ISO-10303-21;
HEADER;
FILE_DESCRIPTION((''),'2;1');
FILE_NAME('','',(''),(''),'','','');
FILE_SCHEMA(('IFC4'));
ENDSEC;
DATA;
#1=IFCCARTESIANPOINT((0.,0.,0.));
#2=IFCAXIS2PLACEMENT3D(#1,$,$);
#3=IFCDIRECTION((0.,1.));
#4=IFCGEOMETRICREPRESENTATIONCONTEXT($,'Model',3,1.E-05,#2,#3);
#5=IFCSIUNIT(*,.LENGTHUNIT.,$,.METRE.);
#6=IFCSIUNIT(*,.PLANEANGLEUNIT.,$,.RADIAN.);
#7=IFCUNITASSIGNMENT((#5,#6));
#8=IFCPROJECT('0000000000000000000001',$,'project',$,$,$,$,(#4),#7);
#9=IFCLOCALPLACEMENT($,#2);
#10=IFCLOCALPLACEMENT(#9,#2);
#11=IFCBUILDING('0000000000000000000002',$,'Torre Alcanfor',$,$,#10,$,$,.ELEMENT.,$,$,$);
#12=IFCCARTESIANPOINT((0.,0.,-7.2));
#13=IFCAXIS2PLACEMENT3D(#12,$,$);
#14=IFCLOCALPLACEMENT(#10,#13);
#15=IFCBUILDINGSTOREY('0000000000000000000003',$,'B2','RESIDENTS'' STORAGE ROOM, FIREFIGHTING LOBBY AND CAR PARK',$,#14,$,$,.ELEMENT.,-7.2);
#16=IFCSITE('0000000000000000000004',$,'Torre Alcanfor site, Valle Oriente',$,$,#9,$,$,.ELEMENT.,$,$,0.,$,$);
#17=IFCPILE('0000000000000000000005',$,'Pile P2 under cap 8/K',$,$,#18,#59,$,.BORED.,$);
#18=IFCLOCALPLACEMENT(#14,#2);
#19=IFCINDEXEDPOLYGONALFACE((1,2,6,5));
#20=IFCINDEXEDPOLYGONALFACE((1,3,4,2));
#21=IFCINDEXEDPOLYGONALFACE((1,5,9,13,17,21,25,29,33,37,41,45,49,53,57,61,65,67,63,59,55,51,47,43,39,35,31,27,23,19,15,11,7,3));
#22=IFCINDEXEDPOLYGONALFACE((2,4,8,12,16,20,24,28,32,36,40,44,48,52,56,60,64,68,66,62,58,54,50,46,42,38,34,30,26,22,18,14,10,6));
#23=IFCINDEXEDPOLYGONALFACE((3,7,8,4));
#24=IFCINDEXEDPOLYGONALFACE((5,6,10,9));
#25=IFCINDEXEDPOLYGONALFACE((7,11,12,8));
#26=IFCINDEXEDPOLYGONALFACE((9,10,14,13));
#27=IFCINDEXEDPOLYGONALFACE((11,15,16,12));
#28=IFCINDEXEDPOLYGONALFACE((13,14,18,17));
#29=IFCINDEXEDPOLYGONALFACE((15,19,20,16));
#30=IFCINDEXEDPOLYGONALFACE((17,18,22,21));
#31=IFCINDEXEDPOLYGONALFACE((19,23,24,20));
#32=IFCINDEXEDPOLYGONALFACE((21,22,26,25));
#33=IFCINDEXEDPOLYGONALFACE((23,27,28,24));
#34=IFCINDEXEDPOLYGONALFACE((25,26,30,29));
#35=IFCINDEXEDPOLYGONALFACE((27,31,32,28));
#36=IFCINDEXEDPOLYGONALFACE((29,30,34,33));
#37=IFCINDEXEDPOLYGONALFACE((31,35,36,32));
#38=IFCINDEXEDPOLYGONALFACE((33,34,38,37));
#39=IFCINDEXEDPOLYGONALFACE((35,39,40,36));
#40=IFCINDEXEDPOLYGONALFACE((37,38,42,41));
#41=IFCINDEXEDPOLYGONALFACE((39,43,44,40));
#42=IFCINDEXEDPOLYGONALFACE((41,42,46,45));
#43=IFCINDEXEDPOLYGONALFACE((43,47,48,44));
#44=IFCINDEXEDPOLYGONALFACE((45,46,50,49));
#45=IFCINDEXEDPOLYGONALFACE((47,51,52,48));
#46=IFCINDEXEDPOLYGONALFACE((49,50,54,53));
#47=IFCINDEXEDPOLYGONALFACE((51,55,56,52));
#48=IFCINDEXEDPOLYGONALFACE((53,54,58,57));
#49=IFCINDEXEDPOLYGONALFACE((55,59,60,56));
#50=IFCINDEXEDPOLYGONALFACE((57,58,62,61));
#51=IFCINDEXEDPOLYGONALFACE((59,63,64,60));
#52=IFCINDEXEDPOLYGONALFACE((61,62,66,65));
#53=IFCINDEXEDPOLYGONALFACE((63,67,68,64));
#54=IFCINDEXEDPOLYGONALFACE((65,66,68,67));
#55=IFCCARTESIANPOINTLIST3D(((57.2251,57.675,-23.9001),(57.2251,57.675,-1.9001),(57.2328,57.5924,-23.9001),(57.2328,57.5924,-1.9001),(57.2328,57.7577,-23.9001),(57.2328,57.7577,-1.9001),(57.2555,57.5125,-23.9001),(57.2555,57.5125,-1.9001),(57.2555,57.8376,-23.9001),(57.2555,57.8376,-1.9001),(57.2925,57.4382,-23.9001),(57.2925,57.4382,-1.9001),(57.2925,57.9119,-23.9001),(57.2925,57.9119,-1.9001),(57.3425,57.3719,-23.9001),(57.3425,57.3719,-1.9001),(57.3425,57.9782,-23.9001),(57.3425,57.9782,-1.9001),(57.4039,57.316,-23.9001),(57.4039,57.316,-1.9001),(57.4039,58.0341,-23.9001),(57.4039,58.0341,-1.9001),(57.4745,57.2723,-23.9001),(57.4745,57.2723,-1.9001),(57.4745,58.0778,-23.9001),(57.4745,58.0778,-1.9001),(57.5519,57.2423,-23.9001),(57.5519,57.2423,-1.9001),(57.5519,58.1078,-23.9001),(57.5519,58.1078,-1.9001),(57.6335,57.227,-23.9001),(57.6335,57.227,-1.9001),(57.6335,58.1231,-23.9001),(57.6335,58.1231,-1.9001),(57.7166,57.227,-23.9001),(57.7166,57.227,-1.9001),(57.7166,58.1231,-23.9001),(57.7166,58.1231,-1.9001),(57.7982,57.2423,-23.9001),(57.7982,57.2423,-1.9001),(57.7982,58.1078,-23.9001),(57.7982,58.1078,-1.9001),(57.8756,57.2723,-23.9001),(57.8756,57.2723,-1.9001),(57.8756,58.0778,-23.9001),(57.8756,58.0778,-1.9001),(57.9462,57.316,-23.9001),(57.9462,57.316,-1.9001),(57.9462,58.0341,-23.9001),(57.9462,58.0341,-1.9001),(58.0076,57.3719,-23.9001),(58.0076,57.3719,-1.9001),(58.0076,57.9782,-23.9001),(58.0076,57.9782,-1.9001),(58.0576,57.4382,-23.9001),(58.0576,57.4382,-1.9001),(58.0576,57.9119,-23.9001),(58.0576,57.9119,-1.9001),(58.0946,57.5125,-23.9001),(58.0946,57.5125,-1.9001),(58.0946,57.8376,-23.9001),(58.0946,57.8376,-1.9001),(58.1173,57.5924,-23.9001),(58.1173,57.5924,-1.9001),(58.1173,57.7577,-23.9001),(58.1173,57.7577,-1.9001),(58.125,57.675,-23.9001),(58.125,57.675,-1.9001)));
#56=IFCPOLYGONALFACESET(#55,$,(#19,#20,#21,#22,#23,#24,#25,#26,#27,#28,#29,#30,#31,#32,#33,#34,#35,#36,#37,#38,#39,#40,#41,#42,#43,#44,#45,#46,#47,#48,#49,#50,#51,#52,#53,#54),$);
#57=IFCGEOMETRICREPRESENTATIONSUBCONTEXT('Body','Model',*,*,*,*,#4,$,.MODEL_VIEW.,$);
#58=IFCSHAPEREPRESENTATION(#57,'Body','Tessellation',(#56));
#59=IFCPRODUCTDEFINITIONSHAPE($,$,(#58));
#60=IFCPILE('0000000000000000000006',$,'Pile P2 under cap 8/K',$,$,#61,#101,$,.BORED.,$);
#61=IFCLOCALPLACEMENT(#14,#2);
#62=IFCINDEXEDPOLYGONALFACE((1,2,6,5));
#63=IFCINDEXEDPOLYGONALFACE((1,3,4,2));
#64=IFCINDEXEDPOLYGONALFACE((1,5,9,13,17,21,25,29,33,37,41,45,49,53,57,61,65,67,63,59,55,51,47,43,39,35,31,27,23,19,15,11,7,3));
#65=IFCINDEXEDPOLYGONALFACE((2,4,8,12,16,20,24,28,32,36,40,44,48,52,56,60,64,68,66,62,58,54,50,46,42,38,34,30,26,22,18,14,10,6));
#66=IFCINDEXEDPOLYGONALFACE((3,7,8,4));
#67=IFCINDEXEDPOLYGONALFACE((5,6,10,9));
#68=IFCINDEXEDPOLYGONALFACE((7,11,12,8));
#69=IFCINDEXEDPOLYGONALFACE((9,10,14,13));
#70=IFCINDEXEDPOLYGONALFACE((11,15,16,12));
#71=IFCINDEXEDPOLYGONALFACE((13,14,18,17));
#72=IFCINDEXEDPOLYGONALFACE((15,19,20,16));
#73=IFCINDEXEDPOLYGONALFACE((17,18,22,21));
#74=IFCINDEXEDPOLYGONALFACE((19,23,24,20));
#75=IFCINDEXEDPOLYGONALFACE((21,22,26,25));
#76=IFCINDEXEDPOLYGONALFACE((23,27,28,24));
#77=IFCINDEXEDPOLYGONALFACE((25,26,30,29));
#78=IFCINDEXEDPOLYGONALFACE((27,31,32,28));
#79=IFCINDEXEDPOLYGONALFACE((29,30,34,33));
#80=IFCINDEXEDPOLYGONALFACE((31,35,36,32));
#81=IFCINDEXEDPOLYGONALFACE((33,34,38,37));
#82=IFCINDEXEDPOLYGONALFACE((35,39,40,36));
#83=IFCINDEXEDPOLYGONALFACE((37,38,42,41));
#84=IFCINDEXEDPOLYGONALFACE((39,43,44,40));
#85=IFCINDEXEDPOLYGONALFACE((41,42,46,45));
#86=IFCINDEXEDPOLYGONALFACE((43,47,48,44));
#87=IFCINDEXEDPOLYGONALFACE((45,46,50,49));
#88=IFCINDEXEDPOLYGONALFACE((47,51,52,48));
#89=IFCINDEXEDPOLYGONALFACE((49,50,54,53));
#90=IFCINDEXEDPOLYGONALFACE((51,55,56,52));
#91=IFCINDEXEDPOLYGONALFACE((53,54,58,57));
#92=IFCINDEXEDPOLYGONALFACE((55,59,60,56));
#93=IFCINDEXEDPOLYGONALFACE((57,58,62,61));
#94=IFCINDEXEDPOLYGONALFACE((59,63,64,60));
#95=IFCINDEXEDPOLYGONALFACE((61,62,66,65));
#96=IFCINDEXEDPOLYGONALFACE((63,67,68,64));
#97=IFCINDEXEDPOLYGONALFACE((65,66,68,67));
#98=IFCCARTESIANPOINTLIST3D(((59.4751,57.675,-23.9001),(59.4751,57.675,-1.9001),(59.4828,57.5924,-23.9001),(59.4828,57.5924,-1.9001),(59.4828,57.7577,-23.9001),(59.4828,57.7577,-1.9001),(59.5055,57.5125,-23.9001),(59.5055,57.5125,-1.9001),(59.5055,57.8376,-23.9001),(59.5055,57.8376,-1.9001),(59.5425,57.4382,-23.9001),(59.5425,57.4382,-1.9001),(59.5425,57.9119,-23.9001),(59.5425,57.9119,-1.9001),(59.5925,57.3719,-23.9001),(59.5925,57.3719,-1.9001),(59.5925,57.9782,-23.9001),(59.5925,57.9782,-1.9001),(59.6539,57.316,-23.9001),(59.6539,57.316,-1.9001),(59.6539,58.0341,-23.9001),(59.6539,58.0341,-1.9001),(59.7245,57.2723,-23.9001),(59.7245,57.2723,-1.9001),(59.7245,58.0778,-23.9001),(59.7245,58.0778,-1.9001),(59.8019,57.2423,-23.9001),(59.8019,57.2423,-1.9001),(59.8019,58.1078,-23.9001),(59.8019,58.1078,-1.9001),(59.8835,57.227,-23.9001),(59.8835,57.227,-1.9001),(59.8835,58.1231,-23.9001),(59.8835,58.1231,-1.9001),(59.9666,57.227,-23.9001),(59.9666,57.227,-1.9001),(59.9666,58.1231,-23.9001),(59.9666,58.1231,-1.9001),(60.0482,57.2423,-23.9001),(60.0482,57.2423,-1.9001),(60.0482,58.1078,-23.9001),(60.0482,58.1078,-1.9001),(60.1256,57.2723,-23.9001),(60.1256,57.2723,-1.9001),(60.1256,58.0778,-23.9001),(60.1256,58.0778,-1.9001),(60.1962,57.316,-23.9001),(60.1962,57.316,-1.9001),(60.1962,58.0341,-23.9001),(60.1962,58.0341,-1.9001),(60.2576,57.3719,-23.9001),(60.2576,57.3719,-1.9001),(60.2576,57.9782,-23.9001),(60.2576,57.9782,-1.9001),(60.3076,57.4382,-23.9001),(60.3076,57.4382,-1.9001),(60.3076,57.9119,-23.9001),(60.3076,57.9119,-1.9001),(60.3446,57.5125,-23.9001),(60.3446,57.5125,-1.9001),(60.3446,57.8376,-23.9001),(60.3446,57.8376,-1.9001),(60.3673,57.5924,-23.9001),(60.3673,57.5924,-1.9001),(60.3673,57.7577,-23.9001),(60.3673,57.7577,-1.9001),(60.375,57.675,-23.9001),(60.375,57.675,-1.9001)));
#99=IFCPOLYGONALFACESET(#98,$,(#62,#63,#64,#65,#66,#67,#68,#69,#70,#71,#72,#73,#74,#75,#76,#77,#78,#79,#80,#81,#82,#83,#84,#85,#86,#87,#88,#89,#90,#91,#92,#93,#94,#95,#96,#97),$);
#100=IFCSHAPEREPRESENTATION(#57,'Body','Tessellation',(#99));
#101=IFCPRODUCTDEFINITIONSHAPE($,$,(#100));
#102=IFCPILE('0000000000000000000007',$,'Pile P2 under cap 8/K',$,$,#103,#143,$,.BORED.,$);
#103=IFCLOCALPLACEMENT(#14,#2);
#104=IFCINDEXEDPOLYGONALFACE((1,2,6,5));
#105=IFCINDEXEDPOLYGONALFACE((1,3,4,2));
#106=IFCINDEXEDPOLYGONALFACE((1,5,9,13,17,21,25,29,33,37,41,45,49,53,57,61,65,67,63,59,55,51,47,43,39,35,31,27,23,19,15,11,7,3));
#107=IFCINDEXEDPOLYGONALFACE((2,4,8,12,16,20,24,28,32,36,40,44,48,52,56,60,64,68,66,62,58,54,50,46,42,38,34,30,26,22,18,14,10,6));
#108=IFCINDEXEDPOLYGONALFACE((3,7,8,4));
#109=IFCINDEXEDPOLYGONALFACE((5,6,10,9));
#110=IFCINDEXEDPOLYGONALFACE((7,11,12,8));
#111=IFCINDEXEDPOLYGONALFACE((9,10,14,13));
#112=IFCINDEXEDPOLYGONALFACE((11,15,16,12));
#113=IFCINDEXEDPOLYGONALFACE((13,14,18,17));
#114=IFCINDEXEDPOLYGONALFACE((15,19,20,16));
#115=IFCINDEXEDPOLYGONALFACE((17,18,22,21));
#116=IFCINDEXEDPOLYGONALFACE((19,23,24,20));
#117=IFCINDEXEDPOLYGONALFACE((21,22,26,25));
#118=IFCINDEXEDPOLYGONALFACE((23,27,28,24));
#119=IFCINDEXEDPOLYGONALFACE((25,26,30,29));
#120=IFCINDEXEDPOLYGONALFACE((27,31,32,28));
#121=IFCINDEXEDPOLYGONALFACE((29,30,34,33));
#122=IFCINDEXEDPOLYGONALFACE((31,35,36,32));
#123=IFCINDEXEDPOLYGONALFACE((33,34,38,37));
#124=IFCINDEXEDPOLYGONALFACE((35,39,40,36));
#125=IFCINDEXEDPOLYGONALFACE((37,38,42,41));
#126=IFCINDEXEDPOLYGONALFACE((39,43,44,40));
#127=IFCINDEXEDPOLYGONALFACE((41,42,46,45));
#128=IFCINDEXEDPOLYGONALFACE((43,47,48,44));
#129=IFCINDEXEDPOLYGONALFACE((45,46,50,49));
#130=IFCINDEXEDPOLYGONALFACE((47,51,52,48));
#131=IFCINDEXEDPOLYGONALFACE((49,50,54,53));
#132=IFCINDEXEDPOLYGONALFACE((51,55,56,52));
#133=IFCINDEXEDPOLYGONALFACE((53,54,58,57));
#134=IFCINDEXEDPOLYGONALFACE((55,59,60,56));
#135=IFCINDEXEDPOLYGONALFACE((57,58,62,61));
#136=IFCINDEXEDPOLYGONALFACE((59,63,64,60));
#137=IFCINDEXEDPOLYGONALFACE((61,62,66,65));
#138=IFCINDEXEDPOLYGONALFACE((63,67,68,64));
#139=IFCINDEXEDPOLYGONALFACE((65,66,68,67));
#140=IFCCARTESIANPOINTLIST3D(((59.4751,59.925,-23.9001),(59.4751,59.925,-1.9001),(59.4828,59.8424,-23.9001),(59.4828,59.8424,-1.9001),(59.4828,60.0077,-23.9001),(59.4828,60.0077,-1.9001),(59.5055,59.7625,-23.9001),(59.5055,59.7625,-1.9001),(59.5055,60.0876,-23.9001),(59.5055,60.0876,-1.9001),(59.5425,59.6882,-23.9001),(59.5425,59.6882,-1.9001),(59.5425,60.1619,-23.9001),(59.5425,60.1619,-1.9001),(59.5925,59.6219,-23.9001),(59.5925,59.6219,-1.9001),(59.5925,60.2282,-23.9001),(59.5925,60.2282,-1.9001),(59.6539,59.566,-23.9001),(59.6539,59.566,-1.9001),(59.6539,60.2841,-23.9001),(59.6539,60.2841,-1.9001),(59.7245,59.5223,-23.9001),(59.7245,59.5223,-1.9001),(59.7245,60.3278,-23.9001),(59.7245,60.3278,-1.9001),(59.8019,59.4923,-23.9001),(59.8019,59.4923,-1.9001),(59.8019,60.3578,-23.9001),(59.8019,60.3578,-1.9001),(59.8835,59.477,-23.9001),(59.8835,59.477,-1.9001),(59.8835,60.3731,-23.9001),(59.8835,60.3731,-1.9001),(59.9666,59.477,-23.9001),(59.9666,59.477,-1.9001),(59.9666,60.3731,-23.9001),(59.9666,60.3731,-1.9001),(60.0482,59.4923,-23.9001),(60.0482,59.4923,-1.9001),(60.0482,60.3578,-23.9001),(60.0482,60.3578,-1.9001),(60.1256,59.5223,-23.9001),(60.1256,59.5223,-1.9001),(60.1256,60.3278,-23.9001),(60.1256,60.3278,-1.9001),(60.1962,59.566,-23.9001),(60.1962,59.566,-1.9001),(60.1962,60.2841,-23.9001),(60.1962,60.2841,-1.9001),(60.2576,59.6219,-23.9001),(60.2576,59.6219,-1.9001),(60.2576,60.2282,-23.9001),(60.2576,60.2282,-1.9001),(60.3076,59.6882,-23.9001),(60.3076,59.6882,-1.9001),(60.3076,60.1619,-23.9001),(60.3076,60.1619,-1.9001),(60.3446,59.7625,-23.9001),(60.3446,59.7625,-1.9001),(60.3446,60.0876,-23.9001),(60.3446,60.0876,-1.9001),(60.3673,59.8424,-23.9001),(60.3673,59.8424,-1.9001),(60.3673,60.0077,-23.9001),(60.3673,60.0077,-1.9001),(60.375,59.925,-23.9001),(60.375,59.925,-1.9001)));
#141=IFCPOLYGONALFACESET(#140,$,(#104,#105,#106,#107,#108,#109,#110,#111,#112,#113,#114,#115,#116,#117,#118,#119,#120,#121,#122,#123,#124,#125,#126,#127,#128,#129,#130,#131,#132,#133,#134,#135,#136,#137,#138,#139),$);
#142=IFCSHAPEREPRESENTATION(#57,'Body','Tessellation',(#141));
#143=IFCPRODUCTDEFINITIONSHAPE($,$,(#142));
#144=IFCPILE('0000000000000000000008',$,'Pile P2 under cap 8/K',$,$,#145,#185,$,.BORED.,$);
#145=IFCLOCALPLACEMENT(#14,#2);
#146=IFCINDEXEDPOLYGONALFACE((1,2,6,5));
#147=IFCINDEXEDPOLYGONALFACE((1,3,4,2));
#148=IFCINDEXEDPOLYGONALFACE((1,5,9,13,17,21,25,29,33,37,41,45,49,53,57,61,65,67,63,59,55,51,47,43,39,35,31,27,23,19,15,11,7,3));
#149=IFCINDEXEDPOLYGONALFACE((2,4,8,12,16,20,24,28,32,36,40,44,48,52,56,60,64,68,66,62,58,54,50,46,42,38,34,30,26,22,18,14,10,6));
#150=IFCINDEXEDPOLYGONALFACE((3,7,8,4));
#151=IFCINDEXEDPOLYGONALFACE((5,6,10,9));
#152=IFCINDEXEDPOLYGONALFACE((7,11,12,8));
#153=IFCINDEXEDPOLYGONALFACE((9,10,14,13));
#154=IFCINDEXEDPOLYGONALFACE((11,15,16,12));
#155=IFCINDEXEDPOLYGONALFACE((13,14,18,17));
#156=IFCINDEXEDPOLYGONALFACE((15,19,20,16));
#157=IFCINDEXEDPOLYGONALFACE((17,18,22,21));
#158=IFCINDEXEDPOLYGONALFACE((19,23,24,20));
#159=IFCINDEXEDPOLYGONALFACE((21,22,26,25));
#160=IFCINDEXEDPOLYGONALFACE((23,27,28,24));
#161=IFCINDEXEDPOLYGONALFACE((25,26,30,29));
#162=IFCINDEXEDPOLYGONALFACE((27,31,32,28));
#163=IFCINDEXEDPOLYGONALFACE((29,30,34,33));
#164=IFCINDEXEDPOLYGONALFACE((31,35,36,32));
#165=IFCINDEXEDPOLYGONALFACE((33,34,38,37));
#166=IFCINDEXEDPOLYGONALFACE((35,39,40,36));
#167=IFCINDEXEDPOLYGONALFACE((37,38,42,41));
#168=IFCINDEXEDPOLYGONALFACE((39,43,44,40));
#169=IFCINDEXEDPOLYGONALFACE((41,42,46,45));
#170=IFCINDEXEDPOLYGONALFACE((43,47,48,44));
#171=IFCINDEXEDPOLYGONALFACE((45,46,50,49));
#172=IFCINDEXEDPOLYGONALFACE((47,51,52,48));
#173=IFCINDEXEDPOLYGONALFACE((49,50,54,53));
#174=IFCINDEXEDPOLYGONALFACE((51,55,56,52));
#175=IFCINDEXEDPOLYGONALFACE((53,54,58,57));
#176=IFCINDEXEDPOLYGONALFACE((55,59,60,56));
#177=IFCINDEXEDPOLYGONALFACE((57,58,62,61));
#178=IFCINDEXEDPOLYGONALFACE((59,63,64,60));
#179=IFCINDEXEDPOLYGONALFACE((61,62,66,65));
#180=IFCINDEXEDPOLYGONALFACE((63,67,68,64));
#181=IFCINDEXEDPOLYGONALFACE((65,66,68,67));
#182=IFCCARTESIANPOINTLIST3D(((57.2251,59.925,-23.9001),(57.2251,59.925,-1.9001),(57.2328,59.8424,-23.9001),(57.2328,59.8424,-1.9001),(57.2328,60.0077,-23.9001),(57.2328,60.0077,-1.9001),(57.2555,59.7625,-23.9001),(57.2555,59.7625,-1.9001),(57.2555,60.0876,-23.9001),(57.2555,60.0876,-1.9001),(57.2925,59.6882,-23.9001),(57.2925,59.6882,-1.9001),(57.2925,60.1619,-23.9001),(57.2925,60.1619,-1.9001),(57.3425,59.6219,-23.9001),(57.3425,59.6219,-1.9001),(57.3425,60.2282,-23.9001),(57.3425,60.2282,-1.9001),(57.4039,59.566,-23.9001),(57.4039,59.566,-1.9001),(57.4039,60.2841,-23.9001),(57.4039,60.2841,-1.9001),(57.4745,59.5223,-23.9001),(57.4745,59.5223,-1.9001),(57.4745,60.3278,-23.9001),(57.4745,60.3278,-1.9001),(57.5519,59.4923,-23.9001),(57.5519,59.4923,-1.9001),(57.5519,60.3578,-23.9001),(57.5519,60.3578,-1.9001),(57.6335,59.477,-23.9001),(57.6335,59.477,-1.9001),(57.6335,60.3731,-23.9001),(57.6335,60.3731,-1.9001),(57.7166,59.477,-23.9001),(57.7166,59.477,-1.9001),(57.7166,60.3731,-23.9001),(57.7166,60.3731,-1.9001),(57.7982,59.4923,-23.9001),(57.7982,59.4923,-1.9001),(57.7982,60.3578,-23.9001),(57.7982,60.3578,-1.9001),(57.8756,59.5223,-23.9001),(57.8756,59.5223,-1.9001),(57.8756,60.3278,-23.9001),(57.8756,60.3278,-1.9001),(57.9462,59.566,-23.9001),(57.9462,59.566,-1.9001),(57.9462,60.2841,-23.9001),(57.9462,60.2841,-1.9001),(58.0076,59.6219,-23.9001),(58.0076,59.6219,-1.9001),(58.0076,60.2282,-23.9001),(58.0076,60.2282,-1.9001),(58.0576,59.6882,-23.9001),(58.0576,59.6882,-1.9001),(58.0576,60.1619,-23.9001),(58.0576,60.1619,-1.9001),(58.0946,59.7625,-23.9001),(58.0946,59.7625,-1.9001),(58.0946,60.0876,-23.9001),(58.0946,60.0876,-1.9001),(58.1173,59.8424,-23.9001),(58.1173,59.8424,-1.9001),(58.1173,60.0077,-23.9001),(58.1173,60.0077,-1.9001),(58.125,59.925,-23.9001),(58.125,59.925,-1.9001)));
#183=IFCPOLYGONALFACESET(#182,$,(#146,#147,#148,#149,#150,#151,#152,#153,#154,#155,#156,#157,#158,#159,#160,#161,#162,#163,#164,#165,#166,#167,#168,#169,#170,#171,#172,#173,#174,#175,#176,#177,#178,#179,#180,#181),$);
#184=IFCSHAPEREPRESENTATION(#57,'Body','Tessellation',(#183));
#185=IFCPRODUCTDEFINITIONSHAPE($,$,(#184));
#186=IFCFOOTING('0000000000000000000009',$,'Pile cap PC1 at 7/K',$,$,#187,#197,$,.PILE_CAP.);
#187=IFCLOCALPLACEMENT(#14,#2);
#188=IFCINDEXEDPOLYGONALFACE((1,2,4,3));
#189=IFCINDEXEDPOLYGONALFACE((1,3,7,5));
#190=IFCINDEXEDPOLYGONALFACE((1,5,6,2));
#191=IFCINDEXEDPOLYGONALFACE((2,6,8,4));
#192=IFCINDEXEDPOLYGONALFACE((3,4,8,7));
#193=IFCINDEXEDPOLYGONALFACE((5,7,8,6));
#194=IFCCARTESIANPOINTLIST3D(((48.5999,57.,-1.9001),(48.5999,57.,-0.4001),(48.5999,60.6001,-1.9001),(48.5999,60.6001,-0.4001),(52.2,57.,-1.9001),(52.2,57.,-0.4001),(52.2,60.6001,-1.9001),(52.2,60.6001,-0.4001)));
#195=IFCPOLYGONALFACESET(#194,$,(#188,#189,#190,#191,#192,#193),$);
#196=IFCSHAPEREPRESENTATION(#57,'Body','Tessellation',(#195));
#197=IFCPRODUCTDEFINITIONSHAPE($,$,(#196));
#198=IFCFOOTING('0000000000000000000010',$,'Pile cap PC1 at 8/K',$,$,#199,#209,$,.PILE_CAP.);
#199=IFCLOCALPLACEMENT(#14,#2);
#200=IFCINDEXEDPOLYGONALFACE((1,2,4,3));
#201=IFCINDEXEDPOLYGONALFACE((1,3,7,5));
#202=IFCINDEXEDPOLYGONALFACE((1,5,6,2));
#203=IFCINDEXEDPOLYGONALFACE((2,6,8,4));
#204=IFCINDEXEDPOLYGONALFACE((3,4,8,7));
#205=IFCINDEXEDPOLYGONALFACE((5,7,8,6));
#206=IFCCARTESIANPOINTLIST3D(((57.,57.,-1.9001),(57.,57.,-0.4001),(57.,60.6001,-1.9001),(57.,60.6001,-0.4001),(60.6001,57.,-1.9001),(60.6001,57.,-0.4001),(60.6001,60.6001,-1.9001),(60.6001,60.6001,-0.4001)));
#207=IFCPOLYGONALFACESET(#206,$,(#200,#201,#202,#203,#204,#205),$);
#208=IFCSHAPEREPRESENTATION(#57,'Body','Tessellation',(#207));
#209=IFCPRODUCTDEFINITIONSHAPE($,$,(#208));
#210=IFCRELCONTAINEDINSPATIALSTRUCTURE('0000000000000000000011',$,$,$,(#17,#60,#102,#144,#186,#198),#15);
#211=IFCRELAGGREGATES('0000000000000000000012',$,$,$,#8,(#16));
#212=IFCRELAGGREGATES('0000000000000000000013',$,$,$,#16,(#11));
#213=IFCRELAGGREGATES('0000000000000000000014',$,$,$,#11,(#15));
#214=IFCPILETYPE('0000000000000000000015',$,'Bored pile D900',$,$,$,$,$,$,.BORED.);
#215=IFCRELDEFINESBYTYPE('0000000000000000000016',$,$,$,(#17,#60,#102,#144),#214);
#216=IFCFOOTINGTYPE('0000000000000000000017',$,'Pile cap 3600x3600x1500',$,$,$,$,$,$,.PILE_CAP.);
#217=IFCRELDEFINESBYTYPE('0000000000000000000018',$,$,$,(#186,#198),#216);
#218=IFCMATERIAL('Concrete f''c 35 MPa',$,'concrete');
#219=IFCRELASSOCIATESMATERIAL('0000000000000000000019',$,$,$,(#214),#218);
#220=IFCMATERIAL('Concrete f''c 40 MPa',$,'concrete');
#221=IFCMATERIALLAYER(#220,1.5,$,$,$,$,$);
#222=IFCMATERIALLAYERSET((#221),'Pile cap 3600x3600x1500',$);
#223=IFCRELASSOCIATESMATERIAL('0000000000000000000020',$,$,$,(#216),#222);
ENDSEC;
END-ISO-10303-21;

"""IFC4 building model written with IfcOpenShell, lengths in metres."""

from ifc_helpers import new_model, si_unit, direction, frame, origin, origin_2d, place, context, subcontext, project, spatial, rectangle, circle, extrude, material, layer, layer_set, material_profile, profile_set, type_object, element, save


model = new_model("IFC4")

# Units and contexts
model_context = context("Model", 3, precision=1e-05, world=origin(), true_north=direction((0.0, 1.0)))
body_context = subcontext(model_context, "Body", "Model", "MODEL_VIEW")
ifc_project = project(units=[si_unit("LENGTHUNIT", "METRE"), si_unit("PLANEANGLEUNIT", "RADIAN")], contexts=[model_context])

# Site, building, storey
site_placement = place(None, origin())
site = spatial("IfcSite", under=ifc_project, at=site_placement, Name="Torre Alcanfor site, Valle Oriente", CompositionType="ELEMENT", RefElevation=0.0)
building_placement = place(site_placement, origin())
building = spatial("IfcBuilding", under=site, at=building_placement, Name="Torre Alcanfor", CompositionType="ELEMENT")
storey_placement = place(building_placement, frame((0.0, 0.0, -7.2)))
storey = spatial("IfcBuildingStorey", under=building, at=storey_placement, Name="B2", Description="RESIDENTS' STORAGE ROOM, FIREFIGHTING LOBBY AND CAR PARK", CompositionType="ELEMENT", Elevation=-7.2)

# Piles
ifc_material_1 = material(Name="Concrete f'c 35 MPa", Category="concrete")
ifc_material_profile_1 = material_profile(ifc_material_1, circle(Radius=0.45, at=origin_2d()), Name="D900")
ifc_profile_set_1 = profile_set([ifc_material_profile_1], Name="Concrete f'c 35 MPa")
pile_type = type_object("IfcPileType", Name="Bored pile D900", PredefinedType="BORED", material=ifc_profile_set_1)
for number, where, z_axis, x_axis, name in (
    (1, (57.675, 57.675, -1.9001), (0.0, 0.0, -1.0), (1.0, 0.0, 0.0), "Pile P2 under cap 8/K"),
    (2, (59.925, 57.675, -1.9001), (0.0, 0.0, -1.0), (1.0, 0.0, 0.0), "Pile P2 under cap 8/K"),
    (3, (59.925, 59.925, -1.9001), (0.0, 0.0, -1.0), (1.0, 0.0, 0.0), "Pile P2 under cap 8/K"),
    (4, (57.675, 59.925, -1.9001), (0.0, 0.0, -1.0), (1.0, 0.0, 0.0), "Pile P2 under cap 8/K"),
):
    element("IfcPile", number, at=place(storey_placement, frame(where, z_axis=z_axis, x_axis=x_axis)), inside=storey, type_object=pile_type, Name=name, PredefinedType="BORED", context=body_context, shape_type="SweptSolid", body=[
        extrude(circle(Radius=0.45, at=origin_2d()), origin(), (0.0, 0.0, 1.0), 22.0),
    ])

# Footings
ifc_material_2 = material(Name="Concrete f'c 40 MPa", Category="concrete")
ifc_layer_1 = layer(ifc_material_2, 1.5)
ifc_layer_set_1 = layer_set([ifc_layer_1], Name="Pile cap 3600x3600x1500")
footing_type = type_object("IfcFootingType", Name="Pile cap 3600x3600x1500", PredefinedType="PILE_CAP", material=ifc_layer_set_1)
for number, where, z_axis, x_axis, name in (
    (5, (50.3999, 58.8, -1.9001), (0.0, 0.0, 1.0), (1.0, 0.0, 0.0), "Pile cap PC1 at 7/K"),
    (6, (58.8, 58.8, -1.9001), (0.0, 0.0, 1.0), (1.0, 0.0, 0.0), "Pile cap PC1 at 8/K"),
):
    element("IfcFooting", number, at=place(storey_placement, frame(where, z_axis=z_axis, x_axis=x_axis)), inside=storey, type_object=footing_type, Name=name, PredefinedType="PILE_CAP", context=body_context, shape_type="SweptSolid", body=[
        extrude(rectangle(XDim=3.6001, YDim=3.6001, at=origin_2d()), origin(), (0.0, 0.0, 1.0), 1.5),
    ])

save(model, "model.ifc")
